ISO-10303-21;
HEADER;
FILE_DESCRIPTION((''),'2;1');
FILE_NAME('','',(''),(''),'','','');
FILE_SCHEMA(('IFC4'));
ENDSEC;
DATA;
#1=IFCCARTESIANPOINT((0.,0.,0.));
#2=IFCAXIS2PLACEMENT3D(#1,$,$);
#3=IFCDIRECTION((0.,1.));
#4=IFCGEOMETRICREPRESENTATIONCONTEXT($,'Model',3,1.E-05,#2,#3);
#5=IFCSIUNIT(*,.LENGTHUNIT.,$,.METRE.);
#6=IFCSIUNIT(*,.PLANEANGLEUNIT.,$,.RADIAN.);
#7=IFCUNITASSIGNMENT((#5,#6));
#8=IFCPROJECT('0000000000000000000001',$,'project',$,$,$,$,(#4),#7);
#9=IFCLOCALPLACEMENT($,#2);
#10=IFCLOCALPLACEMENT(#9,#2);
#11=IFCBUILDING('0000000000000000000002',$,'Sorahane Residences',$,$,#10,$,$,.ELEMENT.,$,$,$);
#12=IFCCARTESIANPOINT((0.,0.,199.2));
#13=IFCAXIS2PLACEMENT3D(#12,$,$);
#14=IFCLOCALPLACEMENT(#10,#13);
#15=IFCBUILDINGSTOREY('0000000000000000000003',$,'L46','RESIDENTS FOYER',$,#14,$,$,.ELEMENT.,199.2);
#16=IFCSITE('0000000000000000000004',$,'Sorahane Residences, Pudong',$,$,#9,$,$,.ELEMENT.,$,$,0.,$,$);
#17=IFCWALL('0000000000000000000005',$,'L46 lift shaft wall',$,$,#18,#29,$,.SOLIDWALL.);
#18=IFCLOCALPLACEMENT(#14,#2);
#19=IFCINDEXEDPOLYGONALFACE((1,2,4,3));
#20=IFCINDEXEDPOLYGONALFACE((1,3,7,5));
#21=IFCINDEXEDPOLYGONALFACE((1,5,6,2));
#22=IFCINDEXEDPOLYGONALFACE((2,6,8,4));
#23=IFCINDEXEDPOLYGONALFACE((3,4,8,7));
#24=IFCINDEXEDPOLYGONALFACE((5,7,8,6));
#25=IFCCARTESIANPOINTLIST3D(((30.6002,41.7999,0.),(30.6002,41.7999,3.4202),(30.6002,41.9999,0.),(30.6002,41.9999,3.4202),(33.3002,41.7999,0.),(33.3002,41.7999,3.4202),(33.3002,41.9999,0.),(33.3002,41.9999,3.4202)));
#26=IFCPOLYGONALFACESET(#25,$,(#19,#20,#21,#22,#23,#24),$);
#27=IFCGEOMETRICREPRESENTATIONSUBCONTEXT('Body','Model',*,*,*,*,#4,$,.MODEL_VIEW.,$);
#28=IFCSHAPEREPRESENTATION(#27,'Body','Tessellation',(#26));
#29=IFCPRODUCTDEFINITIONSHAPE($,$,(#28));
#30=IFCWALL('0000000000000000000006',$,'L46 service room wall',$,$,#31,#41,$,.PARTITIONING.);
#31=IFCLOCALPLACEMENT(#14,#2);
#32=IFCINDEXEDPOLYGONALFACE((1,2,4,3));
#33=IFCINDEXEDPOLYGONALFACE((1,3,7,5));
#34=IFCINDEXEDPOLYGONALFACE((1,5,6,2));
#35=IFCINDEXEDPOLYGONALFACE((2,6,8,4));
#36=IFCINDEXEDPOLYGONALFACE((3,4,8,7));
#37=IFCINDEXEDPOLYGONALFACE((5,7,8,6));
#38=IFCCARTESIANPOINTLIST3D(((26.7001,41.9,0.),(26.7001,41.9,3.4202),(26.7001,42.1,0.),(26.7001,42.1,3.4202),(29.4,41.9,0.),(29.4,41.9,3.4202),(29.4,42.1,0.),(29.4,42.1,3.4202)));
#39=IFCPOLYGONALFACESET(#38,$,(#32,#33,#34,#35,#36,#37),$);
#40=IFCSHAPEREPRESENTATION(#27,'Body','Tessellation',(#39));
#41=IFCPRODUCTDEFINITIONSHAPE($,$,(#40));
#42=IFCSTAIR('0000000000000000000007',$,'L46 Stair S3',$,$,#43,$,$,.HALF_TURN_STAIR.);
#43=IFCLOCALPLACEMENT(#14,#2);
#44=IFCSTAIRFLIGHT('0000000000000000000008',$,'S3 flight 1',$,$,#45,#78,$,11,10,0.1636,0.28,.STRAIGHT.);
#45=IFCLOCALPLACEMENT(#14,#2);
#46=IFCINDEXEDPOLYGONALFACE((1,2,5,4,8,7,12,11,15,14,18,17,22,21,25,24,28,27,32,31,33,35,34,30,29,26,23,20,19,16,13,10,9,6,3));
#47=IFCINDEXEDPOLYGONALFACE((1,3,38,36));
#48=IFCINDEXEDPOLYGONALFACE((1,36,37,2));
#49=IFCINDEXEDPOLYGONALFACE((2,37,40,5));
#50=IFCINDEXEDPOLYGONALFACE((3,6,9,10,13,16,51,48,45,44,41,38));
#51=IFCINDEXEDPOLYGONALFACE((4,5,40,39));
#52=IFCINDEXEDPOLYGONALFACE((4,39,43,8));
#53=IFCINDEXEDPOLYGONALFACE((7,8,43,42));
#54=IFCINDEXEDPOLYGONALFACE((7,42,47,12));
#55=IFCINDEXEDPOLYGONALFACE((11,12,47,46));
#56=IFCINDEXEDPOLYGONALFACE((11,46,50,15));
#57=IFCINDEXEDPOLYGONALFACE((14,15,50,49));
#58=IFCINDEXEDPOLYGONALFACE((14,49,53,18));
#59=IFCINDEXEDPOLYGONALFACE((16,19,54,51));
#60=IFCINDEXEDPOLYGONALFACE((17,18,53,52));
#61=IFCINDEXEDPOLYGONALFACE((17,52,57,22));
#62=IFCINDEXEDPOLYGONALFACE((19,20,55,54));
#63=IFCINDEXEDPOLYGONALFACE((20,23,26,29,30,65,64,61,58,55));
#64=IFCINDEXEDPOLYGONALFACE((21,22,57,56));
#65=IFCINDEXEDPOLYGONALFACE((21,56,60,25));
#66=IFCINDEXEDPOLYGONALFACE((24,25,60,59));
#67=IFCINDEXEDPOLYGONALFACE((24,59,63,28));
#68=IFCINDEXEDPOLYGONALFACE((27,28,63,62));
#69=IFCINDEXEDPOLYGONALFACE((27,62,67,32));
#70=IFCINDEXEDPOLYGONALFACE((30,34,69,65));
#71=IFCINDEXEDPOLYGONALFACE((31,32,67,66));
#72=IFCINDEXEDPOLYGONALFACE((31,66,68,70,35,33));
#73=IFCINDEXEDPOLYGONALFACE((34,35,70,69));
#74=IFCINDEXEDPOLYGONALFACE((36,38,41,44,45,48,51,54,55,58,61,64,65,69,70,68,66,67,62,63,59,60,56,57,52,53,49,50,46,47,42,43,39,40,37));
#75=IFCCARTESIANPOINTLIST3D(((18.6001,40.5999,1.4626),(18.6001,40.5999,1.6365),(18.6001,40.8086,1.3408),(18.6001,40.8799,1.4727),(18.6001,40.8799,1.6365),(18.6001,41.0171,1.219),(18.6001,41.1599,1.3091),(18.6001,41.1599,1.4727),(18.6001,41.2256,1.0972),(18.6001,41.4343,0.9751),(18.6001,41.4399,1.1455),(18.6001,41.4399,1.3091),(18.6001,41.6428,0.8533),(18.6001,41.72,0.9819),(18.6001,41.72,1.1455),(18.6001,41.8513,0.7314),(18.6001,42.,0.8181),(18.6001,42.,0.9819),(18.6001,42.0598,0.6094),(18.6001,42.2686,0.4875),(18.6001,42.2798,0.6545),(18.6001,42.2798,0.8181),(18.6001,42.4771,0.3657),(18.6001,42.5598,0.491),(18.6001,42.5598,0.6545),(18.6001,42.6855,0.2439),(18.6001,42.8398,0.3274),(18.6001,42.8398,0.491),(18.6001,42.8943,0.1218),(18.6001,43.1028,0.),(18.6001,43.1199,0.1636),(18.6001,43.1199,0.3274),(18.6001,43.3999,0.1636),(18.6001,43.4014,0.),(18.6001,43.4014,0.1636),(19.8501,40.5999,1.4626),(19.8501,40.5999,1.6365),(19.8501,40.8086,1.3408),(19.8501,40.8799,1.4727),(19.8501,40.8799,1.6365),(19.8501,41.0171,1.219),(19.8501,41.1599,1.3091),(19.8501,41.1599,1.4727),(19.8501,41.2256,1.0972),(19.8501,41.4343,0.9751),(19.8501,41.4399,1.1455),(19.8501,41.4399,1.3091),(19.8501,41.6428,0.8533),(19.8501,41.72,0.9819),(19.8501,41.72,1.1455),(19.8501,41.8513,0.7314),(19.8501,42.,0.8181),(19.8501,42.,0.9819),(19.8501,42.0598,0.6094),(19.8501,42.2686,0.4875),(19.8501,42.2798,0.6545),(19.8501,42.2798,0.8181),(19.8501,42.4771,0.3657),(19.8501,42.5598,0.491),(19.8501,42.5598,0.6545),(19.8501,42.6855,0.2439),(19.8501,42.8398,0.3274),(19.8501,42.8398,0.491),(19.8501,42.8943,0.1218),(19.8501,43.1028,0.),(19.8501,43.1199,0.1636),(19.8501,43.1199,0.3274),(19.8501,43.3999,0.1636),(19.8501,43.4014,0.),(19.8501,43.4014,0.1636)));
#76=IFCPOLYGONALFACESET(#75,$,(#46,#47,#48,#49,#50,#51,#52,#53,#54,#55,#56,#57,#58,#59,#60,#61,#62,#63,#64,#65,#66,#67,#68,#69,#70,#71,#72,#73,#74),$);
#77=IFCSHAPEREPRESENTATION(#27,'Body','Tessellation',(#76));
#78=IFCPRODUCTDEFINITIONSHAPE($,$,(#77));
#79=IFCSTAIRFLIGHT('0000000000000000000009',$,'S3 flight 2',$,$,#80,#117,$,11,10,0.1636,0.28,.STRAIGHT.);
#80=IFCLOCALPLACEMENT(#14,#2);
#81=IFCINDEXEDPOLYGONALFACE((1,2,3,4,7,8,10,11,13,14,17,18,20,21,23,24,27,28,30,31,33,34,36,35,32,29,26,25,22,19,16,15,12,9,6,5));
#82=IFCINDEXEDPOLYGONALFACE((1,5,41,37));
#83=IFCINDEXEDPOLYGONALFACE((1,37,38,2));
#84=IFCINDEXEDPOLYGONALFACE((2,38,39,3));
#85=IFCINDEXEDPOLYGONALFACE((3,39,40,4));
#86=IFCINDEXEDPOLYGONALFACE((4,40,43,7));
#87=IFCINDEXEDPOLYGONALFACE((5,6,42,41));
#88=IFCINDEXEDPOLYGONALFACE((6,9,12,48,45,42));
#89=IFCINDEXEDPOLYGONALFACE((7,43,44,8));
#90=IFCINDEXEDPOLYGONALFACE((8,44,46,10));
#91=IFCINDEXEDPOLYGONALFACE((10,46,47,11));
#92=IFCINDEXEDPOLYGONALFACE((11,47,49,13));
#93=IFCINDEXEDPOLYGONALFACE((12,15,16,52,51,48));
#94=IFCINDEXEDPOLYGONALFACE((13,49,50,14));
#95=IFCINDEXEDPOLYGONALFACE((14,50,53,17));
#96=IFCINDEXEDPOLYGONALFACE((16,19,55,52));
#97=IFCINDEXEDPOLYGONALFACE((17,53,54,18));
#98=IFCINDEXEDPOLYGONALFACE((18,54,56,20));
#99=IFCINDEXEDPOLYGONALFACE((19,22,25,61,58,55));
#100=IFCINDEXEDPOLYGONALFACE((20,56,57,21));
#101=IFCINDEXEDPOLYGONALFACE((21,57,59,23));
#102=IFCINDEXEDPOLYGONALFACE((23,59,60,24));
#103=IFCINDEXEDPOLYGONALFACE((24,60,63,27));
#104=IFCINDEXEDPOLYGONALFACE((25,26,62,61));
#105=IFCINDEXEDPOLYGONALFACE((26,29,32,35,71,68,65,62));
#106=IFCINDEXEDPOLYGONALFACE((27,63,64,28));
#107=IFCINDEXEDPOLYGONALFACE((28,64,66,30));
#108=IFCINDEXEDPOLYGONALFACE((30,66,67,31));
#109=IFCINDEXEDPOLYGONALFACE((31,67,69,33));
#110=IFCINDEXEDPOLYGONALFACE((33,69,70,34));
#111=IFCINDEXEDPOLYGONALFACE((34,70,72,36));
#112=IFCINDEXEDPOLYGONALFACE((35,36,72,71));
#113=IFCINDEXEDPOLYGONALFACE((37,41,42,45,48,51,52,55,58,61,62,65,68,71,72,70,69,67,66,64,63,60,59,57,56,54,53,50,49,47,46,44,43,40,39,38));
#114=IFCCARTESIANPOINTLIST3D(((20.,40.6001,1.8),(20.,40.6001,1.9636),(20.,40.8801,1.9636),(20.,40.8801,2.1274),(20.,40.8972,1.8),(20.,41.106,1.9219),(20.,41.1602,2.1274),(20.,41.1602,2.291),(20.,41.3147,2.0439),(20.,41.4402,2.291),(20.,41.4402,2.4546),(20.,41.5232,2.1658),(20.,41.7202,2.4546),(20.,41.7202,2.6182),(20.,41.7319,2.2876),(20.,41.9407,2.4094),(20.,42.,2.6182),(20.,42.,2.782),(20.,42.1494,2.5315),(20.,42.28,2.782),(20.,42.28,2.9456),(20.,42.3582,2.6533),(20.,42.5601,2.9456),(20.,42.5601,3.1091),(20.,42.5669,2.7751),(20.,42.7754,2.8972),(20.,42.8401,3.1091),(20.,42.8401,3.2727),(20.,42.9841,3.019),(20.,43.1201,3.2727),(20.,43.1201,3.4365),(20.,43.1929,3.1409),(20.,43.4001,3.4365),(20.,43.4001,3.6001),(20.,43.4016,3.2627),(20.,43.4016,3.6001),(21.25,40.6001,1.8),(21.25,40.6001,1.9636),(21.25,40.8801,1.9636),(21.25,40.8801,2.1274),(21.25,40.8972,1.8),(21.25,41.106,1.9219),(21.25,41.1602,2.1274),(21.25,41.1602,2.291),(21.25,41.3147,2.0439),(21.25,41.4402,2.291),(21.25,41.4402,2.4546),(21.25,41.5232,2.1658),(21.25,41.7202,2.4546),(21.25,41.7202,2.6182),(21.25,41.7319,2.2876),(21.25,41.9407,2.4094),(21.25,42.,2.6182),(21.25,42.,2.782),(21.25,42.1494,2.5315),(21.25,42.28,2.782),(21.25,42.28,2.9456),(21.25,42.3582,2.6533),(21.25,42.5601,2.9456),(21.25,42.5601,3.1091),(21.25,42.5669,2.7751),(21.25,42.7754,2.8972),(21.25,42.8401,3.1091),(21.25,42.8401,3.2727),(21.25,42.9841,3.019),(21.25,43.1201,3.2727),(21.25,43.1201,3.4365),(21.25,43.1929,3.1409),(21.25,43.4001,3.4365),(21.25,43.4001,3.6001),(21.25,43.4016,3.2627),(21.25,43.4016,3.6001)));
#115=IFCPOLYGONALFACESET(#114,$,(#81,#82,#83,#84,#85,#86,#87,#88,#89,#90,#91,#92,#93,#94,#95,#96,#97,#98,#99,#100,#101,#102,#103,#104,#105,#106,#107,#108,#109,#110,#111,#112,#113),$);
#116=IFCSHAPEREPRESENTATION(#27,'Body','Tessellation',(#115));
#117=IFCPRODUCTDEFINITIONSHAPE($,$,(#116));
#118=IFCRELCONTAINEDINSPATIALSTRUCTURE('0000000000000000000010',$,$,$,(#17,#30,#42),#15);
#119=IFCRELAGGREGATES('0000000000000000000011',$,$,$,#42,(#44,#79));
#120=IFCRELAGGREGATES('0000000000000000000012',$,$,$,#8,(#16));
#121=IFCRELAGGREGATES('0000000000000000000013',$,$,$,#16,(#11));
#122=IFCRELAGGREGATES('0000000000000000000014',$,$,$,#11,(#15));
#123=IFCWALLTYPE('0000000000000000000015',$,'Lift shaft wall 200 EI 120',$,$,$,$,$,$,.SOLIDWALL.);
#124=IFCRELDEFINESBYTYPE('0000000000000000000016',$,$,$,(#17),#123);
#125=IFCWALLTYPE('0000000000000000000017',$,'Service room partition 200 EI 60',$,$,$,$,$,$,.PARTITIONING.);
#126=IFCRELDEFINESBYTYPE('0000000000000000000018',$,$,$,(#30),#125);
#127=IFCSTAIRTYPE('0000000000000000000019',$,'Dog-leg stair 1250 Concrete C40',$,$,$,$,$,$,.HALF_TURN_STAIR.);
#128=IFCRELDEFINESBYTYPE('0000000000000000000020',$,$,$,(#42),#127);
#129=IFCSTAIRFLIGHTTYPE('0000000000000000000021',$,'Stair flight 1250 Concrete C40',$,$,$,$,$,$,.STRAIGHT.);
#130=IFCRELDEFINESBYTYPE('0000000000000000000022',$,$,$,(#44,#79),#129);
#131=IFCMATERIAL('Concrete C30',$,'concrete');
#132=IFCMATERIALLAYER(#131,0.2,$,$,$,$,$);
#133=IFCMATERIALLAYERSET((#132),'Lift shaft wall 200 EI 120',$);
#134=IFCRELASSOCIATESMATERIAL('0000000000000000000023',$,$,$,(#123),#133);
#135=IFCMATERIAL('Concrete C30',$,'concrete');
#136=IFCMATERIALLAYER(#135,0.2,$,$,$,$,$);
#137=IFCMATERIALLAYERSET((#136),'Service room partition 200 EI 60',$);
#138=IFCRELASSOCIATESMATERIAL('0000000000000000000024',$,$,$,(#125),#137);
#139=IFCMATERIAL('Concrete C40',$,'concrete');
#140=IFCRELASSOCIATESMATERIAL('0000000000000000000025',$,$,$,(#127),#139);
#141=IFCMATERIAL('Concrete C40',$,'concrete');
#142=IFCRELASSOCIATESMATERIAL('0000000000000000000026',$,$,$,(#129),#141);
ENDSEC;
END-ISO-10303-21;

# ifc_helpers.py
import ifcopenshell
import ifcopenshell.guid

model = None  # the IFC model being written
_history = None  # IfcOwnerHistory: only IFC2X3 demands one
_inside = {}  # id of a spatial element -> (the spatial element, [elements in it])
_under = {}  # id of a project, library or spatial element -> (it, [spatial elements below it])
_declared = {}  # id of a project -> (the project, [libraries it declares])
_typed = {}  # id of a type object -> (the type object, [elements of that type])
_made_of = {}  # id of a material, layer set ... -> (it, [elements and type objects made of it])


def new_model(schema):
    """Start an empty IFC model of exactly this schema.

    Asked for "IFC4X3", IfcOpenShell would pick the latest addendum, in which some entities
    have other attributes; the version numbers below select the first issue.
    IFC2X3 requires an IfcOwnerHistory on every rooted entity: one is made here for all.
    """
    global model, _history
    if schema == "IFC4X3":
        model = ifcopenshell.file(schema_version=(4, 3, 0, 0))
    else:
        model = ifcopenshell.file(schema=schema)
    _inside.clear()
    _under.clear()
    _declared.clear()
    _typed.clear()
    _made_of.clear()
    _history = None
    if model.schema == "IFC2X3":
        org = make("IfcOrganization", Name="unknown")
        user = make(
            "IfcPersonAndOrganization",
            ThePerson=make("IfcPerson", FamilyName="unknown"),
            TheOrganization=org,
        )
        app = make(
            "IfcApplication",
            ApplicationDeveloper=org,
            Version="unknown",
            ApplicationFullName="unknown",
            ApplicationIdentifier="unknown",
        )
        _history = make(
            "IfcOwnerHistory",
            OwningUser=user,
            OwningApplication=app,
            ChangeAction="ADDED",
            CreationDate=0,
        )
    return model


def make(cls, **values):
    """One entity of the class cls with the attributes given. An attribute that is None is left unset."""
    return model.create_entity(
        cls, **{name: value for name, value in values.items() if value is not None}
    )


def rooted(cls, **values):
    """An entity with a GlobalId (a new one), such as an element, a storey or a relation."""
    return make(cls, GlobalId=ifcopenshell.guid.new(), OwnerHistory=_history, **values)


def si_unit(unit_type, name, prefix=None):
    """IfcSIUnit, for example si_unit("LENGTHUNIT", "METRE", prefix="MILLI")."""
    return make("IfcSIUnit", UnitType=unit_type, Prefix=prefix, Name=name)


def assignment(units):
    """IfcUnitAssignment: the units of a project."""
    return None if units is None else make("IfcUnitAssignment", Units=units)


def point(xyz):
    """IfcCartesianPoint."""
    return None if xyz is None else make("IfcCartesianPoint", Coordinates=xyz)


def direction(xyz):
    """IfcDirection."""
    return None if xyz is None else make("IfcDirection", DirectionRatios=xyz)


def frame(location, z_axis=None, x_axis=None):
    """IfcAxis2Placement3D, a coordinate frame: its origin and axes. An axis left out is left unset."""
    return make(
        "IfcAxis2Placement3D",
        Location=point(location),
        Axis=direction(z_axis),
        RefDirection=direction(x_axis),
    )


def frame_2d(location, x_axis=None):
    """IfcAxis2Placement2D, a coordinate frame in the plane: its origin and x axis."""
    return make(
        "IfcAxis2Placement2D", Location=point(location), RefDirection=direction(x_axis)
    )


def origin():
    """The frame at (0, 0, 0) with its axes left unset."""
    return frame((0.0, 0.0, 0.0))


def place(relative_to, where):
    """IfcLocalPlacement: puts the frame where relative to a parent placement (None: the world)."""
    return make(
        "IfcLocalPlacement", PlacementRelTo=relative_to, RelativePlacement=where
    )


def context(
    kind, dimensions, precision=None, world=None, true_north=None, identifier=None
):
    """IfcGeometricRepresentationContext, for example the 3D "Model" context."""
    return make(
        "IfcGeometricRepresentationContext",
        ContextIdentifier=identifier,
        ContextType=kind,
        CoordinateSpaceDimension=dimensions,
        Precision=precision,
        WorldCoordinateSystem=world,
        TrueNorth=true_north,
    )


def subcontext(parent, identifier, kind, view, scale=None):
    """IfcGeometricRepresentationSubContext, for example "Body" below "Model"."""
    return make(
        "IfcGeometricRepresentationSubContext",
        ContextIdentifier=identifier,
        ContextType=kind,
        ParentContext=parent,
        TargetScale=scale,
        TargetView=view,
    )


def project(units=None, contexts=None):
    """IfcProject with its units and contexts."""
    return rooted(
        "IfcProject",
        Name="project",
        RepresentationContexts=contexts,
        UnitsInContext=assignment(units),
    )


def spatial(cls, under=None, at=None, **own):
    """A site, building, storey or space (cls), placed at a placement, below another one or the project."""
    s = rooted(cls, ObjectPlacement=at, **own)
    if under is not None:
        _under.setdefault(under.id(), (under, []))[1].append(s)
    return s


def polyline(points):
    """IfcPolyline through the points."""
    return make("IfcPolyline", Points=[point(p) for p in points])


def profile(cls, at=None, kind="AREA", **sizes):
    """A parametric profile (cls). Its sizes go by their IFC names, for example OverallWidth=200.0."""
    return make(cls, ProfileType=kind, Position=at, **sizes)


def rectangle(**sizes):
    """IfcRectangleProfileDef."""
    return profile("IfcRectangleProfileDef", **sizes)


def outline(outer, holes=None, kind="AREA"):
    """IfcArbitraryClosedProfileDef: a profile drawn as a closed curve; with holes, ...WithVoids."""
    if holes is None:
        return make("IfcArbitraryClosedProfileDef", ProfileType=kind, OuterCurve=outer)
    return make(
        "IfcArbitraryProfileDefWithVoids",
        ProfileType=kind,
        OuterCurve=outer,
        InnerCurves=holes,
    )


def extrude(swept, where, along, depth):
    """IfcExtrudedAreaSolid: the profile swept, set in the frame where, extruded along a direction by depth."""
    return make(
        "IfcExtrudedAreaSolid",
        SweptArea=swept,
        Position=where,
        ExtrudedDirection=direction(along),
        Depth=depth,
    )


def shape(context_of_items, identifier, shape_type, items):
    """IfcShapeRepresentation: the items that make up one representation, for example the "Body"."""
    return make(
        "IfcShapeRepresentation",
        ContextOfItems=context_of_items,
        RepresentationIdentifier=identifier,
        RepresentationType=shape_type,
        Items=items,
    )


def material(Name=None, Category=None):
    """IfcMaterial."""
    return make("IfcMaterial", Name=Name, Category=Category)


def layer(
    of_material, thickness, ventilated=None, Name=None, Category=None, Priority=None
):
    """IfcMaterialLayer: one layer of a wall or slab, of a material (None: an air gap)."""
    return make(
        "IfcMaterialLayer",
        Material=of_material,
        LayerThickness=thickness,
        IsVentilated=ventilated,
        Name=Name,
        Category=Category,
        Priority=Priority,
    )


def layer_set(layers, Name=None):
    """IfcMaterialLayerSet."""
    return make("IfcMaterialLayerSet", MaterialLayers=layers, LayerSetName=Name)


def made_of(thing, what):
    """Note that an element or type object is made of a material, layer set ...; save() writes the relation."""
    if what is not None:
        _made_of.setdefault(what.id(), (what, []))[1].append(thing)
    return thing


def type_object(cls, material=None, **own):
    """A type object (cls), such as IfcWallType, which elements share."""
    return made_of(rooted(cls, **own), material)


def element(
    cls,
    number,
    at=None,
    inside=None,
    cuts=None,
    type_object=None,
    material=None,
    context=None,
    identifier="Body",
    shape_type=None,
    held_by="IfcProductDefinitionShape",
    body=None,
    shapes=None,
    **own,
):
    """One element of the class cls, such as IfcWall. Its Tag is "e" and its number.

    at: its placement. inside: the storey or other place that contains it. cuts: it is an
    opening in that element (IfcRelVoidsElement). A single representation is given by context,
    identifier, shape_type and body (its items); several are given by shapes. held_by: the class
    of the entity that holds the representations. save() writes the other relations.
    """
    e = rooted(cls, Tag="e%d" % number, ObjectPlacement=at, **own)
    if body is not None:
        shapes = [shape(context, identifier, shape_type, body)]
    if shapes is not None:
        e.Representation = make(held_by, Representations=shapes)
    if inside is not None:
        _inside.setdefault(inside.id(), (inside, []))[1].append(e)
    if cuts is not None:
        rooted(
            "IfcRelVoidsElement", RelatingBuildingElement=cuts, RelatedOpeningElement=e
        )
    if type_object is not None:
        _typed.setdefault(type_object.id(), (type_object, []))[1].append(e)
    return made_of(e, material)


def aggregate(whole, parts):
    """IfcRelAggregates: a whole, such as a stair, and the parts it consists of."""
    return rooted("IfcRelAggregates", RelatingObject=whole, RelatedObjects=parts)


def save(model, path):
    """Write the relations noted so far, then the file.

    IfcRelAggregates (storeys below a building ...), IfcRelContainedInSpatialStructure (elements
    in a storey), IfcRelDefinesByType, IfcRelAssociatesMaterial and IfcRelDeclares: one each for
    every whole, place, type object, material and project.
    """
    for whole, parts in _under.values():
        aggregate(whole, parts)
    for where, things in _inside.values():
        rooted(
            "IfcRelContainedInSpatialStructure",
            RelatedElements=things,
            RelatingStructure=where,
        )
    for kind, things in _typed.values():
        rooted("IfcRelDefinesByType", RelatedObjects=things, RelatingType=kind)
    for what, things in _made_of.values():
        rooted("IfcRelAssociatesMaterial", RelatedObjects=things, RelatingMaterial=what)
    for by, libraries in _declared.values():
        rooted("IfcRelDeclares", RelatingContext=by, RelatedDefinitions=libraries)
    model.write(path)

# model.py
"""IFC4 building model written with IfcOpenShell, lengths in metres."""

from ifc_helpers import new_model, si_unit, direction, frame, frame_2d, origin, place, context, subcontext, project, spatial, polyline, rectangle, outline, extrude, material, layer, layer_set, type_object, element, aggregate, save


model = new_model("IFC4")

# Units and contexts
model_context = context("Model", 3, precision=1e-05, world=origin(), true_north=direction((0.0, 1.0)))
body_context = subcontext(model_context, "Body", "Model", "MODEL_VIEW")
ifc_project = project(units=[si_unit("LENGTHUNIT", "METRE"), si_unit("PLANEANGLEUNIT", "RADIAN")], contexts=[model_context])

# Site, building, storey
site_placement = place(None, origin())
site = spatial("IfcSite", under=ifc_project, at=site_placement, Name="Sorahane Residences, Pudong", CompositionType="ELEMENT", RefElevation=0.0)
building_placement = place(site_placement, origin())
building = spatial("IfcBuilding", under=site, at=building_placement, Name="Sorahane Residences", CompositionType="ELEMENT")
storey_placement = place(building_placement, frame((0.0, 0.0, 199.2)))
storey = spatial("IfcBuildingStorey", under=building, at=storey_placement, Name="L46", Description="RESIDENTS FOYER", CompositionType="ELEMENT", Elevation=199.2)

# Walls
ifc_material_1 = material(Name="Concrete C30", Category="concrete")
ifc_layer_1 = layer(ifc_material_1, 0.2)
ifc_layer_set_1 = layer_set([ifc_layer_1], Name="Lift shaft wall 200 EI 120")
wall_type_1 = type_object("IfcWallType", Name="Lift shaft wall 200 EI 120", PredefinedType="SOLIDWALL", material=ifc_layer_set_1)
wall_1_placement = place(storey_placement, frame((30.6001, 41.8999, 0.0), z_axis=(0.0, 0.0, 1.0), x_axis=(1.0, 0.0, 0.0)))
element("IfcWall", 1, at=wall_1_placement, inside=storey, type_object=wall_type_1, Name="L46 lift shaft wall", PredefinedType="SOLIDWALL", context=body_context, shape_type="SweptSolid", body=[
    extrude(rectangle(XDim=2.7, YDim=0.2, at=frame_2d((1.3501, 0.0))), origin(), (0.0, 0.0, 1.0), 3.4202),
])
ifc_material_2 = material(Name="Concrete C30", Category="concrete")
ifc_layer_2 = layer(ifc_material_2, 0.2)
ifc_layer_set_2 = layer_set([ifc_layer_2], Name="Service room partition 200 EI 60")
wall_type_2 = type_object("IfcWallType", Name="Service room partition 200 EI 60", PredefinedType="PARTITIONING", material=ifc_layer_set_2)
wall_2_placement = place(storey_placement, frame((26.7, 42.0, 0.0), z_axis=(0.0, 0.0, 1.0), x_axis=(1.0, 0.0, 0.0)))
element("IfcWall", 2, at=wall_2_placement, inside=storey, type_object=wall_type_2, Name="L46 service room wall", PredefinedType="PARTITIONING", context=body_context, shape_type="SweptSolid", body=[
    extrude(rectangle(XDim=2.7, YDim=0.2, at=frame_2d((1.3501, 0.0))), origin(), (0.0, 0.0, 1.0), 3.4202),
])

# Stair, stair flights
ifc_material_3 = material(Name="Concrete C40", Category="concrete")
stair_type = type_object("IfcStairType", Name="Dog-leg stair 1250 Concrete C40", PredefinedType="HALF_TURN_STAIR", material=ifc_material_3)
stair_placement = place(storey_placement, origin())
stair = element("IfcStair", 3, at=stair_placement, inside=storey, type_object=stair_type, Name="L46 Stair S3", PredefinedType="HALF_TURN_STAIR")
ifc_material_4 = material(Name="Concrete C40", Category="concrete")
stair_flight_type = type_object("IfcStairFlightType", Name="Stair flight 1250 Concrete C40", PredefinedType="STRAIGHT", material=ifc_material_4)
stair_flight_1_placement = place(storey_placement, frame((19.2251, 43.3999, 0.0), z_axis=(0.0, 0.0, 1.0), x_axis=(0.0, -1.0, 0.0)))
stair_flight_1 = element("IfcStairFlight", 4, at=stair_flight_1_placement, type_object=stair_flight_type, Name="S3 flight 1", NumberOfRisers=11, NumberOfTreads=10, PredefinedType="STRAIGHT", RiserHeight=0.1636, TreadLength=0.28, context=body_context, shape_type="SweptSolid", body=[
    extrude(outline(polyline([(-0.0015, 0.0), (-0.0015, 0.1636), (0.0, 0.1636), (0.28, 0.1636), (0.28, 0.3274), (0.5601, 0.3274), (0.5601, 0.491), (0.8401, 0.491), (0.8401, 0.6545), (1.1201, 0.6545), (1.1201, 0.8181), (1.3999, 0.8181), (1.3999, 0.9819), (1.6799, 0.9819), (1.6799, 1.1455), (1.96, 1.1455), (1.96, 1.3091), (2.24, 1.3091), (2.24, 1.4727), (2.52, 1.4727), (2.52, 1.6365), (2.8, 1.6365), (2.8, 1.8), (2.8, 1.4626), (2.5913, 1.3408), (2.3828, 1.219), (2.1743, 1.0972), (1.9656, 0.9751), (1.7571, 0.8533), (1.5486, 0.7314), (1.3401, 0.6094), (1.1313, 0.4875), (0.9229, 0.3657), (0.7144, 0.2439), (0.5056, 0.1218), (0.2971, 0.0), (-0.0015, 0.0)])), frame((0.0, 0.625, 0.0), z_axis=(0.0, -1.0, 0.0), x_axis=(1.0, 0.0, 0.0)), (0.0, 0.0, 1.0), 1.25),
])
stair_flight_2_placement = place(storey_placement, frame((20.625, 40.6001, 1.8), z_axis=(0.0, 0.0, 1.0), x_axis=(0.0, 1.0, 0.0)))
stair_flight_2 = element("IfcStairFlight", 5, at=stair_flight_2_placement, type_object=stair_flight_type, Name="S3 flight 2", NumberOfRisers=11, NumberOfTreads=10, PredefinedType="STRAIGHT", RiserHeight=0.1636, TreadLength=0.28, context=body_context, shape_type="SweptSolid", body=[
    extrude(outline(polyline([(0.0, 0.0), (0.0, 0.1636), (0.28, 0.1636), (0.28, 0.3274), (0.5601, 0.3274), (0.5601, 0.491), (0.8401, 0.491), (0.8401, 0.6545), (1.1201, 0.6545), (1.1201, 0.8181), (1.3999, 0.8181), (1.3999, 0.9819), (1.6799, 0.9819), (1.6799, 1.1455), (1.96, 1.1455), (1.96, 1.3091), (2.24, 1.3091), (2.24, 1.4727), (2.52, 1.4727), (2.52, 1.6365), (2.8, 1.6365), (2.8, 1.8), (2.8015, 1.8), (2.8015, 1.4626), (2.5928, 1.3408), (2.384, 1.219), (2.1753, 1.0972), (1.9668, 0.9751), (1.7581, 0.8533), (1.5493, 0.7314), (1.3406, 0.6094), (1.1318, 0.4875), (0.9231, 0.3657), (0.7146, 0.2439), (0.5059, 0.1218), (0.2971, 0.0), (0.0, 0.0)])), frame((0.0, 0.625, 0.0), z_axis=(0.0, -1.0, 0.0), x_axis=(1.0, 0.0, 0.0)), (0.0, 0.0, 1.0), 1.25),
])
aggregate(stair, [stair_flight_1, stair_flight_2])

save(model, "model.ifc")
